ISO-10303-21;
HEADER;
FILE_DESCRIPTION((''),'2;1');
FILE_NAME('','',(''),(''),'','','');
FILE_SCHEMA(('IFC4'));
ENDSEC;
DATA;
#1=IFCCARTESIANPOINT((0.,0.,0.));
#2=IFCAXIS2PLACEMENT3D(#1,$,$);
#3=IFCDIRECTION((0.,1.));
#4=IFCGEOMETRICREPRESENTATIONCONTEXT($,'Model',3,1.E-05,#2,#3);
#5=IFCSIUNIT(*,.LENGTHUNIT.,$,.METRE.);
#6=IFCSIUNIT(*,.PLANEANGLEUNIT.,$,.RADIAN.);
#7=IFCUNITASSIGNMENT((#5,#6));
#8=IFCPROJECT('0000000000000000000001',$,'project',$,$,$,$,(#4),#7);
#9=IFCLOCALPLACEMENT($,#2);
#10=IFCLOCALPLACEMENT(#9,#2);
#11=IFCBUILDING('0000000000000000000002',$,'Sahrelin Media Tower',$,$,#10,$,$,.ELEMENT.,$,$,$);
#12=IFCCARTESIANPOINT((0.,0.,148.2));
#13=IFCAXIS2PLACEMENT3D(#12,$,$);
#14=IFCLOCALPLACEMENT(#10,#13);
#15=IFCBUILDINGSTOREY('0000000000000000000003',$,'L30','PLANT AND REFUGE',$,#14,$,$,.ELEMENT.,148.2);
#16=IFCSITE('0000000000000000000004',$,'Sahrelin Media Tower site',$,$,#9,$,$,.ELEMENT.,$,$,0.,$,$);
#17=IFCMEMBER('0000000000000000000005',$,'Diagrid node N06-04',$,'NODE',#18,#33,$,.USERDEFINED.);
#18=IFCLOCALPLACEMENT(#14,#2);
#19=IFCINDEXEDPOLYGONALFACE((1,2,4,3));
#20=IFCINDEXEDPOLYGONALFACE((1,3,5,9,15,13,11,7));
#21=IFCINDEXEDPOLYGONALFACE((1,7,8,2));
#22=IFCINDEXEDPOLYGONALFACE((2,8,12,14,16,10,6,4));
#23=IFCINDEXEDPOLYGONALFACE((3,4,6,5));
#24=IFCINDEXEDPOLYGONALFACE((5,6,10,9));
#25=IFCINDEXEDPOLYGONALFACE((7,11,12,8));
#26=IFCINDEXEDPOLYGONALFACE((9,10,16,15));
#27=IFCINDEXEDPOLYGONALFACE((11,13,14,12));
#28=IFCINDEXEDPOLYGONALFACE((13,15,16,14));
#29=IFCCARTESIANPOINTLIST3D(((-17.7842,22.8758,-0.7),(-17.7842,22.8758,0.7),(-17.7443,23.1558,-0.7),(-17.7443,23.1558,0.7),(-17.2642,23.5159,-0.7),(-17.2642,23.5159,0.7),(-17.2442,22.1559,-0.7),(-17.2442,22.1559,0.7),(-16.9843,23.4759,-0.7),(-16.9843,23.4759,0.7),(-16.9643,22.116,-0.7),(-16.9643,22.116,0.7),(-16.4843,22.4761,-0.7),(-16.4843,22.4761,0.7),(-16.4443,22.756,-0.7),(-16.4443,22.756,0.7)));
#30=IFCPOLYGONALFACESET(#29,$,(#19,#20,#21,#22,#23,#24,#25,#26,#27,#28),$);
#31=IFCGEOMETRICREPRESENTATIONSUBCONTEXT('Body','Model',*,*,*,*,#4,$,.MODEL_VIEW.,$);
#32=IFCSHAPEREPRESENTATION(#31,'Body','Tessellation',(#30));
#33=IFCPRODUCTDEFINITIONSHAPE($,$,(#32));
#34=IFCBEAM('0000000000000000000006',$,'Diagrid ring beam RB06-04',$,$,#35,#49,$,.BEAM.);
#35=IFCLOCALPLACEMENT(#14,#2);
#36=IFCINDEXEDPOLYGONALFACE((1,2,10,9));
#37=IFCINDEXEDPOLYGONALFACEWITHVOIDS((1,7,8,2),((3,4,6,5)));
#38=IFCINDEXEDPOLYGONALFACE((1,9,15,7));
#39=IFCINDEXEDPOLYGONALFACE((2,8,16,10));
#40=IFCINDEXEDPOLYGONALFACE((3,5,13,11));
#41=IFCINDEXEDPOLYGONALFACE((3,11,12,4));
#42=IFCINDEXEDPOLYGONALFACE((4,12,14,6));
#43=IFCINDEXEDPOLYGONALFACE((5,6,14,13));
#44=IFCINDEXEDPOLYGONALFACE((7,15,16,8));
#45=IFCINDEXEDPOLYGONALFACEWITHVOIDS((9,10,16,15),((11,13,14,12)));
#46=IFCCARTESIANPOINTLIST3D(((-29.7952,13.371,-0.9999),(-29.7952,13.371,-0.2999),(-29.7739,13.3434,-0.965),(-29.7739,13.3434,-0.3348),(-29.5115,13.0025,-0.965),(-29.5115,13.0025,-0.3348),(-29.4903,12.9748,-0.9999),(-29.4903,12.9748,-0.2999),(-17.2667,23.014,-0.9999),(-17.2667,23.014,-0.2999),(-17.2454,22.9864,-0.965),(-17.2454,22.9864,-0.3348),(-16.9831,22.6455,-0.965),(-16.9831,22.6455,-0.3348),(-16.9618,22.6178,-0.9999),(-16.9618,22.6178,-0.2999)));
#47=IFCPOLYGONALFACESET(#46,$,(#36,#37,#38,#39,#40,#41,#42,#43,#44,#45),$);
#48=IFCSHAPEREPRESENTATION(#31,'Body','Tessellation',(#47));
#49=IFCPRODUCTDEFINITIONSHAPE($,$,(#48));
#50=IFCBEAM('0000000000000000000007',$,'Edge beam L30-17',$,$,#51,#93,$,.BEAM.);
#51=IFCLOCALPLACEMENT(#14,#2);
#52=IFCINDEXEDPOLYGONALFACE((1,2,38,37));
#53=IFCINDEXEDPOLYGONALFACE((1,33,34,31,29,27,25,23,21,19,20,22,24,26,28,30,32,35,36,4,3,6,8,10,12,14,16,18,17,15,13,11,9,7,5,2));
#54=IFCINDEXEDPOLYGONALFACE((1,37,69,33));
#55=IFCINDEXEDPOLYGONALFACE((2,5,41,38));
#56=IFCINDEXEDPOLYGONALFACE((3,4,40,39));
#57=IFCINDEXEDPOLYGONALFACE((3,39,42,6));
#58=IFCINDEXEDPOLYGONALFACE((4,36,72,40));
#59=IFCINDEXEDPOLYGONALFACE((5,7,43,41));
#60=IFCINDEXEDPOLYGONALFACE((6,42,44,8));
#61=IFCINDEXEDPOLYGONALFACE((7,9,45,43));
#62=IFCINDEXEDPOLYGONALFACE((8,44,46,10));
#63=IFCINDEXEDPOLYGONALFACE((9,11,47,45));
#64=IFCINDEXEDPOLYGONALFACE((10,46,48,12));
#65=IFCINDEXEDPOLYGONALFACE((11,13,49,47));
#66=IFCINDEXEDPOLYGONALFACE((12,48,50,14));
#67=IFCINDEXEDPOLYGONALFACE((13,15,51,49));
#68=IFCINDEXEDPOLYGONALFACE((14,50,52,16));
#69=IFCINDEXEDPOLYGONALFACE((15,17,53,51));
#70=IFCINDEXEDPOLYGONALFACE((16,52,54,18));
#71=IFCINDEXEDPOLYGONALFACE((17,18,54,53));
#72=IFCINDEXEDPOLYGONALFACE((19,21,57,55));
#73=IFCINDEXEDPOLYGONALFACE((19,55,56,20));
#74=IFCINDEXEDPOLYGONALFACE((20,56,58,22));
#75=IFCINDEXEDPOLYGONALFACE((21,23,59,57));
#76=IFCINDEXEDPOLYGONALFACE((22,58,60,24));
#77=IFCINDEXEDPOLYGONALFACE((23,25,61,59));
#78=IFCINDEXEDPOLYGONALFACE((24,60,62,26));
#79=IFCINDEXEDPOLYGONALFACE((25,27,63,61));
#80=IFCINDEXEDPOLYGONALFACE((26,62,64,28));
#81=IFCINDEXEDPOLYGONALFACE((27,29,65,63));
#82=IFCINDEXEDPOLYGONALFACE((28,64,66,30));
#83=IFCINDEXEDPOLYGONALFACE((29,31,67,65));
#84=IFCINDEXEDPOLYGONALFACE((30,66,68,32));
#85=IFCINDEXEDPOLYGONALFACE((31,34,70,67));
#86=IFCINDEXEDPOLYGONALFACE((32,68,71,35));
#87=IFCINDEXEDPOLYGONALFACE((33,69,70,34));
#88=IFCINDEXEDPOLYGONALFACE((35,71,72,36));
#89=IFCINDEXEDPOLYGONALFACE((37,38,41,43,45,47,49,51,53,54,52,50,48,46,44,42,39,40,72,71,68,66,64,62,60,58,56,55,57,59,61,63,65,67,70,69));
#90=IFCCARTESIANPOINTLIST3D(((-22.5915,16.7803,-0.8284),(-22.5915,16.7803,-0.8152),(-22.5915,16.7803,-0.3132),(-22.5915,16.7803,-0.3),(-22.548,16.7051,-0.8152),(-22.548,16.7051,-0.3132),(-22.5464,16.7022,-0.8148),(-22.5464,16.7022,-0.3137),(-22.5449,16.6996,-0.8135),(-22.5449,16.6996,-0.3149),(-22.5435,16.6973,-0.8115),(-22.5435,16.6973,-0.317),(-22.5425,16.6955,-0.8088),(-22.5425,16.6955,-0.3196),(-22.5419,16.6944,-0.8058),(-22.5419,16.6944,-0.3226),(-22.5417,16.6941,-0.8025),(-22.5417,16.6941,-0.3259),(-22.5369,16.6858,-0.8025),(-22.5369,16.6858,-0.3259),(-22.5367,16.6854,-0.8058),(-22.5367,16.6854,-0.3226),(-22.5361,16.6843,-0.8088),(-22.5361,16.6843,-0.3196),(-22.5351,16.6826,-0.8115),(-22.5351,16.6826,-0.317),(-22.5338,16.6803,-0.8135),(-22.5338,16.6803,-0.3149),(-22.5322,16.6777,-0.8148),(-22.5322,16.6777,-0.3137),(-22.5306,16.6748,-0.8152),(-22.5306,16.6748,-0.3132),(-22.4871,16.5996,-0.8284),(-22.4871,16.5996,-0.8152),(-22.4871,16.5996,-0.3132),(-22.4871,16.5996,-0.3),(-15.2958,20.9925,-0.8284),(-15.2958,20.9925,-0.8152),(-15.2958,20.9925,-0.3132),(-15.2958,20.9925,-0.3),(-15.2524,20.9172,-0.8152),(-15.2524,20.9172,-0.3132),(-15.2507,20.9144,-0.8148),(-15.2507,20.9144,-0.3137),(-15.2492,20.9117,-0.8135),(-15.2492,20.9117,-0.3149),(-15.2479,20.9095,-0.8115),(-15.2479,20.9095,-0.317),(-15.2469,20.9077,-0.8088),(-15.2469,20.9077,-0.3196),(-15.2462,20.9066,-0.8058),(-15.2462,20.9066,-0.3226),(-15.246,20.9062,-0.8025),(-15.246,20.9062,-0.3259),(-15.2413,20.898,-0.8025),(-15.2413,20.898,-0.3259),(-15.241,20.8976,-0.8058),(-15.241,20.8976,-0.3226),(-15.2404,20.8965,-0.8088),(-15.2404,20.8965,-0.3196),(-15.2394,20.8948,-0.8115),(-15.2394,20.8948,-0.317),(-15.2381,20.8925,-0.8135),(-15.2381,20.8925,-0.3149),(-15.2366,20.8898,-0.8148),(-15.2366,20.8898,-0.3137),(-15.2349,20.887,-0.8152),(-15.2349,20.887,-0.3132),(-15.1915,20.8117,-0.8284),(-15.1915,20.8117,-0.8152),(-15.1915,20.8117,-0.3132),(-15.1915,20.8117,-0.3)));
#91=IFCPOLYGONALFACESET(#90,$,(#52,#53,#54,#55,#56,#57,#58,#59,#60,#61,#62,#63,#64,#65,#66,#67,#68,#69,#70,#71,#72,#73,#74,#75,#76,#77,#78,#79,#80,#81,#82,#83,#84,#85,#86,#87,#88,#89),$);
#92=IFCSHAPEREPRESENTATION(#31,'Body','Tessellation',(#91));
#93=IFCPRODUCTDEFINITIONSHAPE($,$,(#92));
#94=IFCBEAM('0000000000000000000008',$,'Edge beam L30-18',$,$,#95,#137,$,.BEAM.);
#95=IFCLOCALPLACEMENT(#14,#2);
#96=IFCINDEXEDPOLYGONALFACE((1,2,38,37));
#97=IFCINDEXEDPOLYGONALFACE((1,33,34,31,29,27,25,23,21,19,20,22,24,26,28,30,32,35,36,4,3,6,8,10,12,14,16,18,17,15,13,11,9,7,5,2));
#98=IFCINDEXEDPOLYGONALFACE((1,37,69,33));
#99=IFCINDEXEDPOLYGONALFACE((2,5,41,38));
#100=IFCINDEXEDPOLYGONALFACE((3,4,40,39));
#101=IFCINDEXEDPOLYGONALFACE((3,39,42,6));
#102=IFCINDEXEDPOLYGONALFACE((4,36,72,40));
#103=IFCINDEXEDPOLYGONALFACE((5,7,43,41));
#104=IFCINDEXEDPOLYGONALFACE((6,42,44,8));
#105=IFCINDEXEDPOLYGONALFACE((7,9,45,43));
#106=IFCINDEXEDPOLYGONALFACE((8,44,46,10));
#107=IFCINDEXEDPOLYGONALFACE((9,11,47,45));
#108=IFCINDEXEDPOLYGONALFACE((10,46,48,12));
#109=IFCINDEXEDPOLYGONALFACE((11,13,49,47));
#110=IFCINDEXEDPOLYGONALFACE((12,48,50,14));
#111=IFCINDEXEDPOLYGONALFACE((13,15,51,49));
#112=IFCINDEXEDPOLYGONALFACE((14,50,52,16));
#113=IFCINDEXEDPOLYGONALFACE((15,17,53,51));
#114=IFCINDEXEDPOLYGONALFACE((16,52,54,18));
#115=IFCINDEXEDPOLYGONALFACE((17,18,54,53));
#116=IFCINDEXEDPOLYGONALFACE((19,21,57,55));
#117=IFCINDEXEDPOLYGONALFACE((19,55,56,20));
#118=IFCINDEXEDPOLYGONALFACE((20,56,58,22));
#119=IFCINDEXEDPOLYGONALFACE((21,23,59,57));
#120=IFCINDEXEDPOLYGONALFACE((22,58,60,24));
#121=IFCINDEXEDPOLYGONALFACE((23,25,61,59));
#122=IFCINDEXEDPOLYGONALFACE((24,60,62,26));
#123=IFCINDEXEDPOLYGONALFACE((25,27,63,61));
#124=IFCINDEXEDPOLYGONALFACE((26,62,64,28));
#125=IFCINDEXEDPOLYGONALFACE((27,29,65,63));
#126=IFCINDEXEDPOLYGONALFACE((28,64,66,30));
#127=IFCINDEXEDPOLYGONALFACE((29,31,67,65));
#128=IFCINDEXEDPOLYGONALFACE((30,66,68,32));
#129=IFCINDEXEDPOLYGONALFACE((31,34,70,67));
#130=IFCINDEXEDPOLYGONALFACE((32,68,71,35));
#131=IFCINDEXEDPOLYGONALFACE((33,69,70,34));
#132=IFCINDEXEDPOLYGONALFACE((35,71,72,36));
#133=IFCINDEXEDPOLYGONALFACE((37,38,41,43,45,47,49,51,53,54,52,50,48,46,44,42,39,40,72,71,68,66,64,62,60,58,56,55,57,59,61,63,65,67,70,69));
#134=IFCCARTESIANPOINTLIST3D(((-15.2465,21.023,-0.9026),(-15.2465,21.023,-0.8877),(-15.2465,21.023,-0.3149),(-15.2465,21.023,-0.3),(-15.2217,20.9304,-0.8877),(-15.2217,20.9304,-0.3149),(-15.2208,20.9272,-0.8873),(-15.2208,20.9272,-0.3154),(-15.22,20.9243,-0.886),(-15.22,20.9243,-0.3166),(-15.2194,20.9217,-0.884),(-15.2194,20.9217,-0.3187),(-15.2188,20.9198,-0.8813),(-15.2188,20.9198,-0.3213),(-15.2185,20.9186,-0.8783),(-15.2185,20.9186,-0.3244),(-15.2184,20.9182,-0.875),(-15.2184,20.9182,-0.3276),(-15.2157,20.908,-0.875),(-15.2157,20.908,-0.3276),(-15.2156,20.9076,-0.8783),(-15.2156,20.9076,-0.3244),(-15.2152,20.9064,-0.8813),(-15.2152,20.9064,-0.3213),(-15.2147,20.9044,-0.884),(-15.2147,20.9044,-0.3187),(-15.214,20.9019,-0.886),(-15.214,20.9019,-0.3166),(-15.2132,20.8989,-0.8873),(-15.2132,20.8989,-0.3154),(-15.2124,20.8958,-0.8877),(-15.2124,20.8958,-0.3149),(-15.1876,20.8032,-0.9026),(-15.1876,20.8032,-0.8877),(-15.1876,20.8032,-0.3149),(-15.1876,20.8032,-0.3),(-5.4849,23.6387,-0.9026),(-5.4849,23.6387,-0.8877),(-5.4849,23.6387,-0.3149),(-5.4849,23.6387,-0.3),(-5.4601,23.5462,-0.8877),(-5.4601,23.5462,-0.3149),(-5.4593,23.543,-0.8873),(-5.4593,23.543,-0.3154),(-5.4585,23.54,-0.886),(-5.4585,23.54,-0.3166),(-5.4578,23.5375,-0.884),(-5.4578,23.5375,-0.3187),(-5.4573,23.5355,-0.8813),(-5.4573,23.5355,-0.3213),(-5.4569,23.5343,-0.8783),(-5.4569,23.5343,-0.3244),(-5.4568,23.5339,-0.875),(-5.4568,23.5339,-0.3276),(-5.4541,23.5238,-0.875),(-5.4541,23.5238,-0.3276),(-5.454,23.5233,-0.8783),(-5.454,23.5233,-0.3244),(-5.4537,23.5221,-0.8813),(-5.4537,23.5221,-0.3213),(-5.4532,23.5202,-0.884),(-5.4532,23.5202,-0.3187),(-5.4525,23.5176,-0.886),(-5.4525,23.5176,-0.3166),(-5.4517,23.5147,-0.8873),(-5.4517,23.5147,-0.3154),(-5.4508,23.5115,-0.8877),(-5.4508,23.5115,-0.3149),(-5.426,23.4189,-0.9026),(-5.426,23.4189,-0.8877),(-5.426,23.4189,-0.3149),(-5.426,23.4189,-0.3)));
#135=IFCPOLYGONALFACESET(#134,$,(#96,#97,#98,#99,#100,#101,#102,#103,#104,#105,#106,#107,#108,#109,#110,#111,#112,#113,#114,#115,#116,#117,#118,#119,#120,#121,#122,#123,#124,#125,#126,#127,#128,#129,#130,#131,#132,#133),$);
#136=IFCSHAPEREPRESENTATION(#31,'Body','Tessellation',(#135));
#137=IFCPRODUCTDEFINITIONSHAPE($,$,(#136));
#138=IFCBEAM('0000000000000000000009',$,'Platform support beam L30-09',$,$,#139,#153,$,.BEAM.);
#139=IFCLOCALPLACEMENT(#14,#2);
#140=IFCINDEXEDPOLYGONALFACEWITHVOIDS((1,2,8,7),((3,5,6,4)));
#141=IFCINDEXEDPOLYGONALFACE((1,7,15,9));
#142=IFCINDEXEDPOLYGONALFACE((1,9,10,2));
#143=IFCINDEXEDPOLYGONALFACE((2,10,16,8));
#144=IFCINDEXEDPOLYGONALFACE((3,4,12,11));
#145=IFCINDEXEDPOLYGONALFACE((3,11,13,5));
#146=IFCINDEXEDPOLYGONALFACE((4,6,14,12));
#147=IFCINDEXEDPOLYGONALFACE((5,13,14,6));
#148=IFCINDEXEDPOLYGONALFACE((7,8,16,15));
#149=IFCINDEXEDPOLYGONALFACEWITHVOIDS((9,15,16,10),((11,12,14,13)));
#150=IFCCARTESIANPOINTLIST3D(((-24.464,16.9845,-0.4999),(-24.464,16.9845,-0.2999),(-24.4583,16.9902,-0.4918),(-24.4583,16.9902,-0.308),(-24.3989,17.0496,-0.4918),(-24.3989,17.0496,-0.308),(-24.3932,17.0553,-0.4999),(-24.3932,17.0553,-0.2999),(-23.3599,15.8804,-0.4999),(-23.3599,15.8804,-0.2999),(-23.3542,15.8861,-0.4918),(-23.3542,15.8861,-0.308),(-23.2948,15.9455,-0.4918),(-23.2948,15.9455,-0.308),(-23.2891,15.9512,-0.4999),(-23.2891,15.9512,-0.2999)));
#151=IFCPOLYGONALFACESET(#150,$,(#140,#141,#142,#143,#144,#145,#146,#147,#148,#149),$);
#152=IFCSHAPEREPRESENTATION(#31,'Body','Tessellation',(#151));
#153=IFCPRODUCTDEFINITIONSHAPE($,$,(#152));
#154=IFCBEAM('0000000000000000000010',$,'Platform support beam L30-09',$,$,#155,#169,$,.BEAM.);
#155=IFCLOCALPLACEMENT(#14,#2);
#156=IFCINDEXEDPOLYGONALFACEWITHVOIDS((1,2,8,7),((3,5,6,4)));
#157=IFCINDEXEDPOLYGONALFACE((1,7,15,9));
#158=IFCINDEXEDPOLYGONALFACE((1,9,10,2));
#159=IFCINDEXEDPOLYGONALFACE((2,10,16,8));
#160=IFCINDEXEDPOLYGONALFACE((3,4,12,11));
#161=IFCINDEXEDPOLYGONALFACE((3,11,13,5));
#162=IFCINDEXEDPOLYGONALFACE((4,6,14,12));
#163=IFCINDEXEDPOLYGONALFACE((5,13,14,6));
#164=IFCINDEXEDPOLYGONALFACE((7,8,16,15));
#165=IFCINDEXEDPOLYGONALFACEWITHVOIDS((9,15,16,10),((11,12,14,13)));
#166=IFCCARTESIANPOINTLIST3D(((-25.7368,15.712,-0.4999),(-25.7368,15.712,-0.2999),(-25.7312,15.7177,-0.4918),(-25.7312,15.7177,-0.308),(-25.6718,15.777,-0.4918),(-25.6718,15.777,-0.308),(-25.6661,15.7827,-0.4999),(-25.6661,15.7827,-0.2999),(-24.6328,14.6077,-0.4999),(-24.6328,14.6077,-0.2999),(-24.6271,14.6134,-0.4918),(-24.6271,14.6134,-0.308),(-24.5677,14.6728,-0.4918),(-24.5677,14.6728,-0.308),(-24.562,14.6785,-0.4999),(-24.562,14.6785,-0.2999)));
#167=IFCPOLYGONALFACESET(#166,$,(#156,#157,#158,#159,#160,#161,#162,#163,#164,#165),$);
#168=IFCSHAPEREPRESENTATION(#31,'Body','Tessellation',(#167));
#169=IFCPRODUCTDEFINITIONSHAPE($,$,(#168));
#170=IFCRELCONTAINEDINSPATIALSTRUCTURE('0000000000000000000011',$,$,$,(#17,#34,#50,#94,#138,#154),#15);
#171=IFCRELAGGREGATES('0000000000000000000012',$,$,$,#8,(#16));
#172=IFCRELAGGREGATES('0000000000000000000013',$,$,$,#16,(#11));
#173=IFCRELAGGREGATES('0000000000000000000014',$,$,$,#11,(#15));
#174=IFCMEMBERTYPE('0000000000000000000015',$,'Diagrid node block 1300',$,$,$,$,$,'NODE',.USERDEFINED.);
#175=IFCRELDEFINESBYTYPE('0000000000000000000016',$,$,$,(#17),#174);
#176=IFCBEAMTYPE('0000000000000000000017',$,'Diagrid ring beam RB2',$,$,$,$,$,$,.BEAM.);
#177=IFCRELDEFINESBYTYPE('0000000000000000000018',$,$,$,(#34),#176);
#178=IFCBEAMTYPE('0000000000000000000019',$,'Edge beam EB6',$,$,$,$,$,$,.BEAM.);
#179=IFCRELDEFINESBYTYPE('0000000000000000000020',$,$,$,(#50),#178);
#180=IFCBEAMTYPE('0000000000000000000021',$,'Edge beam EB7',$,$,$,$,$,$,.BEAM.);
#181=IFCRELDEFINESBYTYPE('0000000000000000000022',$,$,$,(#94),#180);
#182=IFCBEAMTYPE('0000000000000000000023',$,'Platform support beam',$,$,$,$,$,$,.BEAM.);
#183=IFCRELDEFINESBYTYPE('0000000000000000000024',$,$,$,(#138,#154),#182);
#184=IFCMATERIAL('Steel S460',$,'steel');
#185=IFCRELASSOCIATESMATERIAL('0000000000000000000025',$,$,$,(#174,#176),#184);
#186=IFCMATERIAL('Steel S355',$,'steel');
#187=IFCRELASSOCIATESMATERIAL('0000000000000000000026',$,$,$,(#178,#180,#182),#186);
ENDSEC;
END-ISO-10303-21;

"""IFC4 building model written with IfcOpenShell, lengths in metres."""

from ifc_helpers import new_model, si_unit, direction, frame, origin, origin_2d, place, context, subcontext, project, spatial, polyline, hollow_rectangle, i_section, outline, extrude, material, material_profile, profile_set, type_object, element, save


model = new_model("IFC4")

# Units and contexts
model_context = context("Model", 3, precision=1e-05, world=origin(), true_north=direction((0.0, 1.0)))
body_context = subcontext(model_context, "Body", "Model", "MODEL_VIEW")
ifc_project = project(units=[si_unit("LENGTHUNIT", "METRE"), si_unit("PLANEANGLEUNIT", "RADIAN")], contexts=[model_context])

# Site, building, storey
site_placement = place(None, origin())
site = spatial("IfcSite", under=ifc_project, at=site_placement, Name="Sahrelin Media Tower site", CompositionType="ELEMENT", RefElevation=0.0)
building_placement = place(site_placement, origin())
building = spatial("IfcBuilding", under=site, at=building_placement, Name="Sahrelin Media Tower", CompositionType="ELEMENT")
storey_placement = place(building_placement, frame((0.0, 0.0, 148.2)))
storey = spatial("IfcBuildingStorey", under=building, at=storey_placement, Name="L30", Description="PLANT AND REFUGE", CompositionType="ELEMENT", Elevation=148.2)

# Member
ifc_material_1 = material(Name="Steel S460", Category="steel")
ifc_material_profile_1 = material_profile(ifc_material_1, outline(polyline([(0.45, -0.5), (0.6499, -0.3), (0.6499, 0.3), (0.45, 0.5), (-0.45, 0.5), (-0.6499, 0.3), (-0.6499, -0.3), (-0.45, -0.5), (0.45, -0.5)])), Name="Diagrid node block 1300")
ifc_profile_set_1 = profile_set([ifc_material_profile_1], Name="Steel S460")
member_type_1 = type_object("IfcMemberType", Name="Diagrid node block 1300", ElementType="NODE", PredefinedType="USERDEFINED", material=ifc_profile_set_1)
member_1_placement = place(storey_placement, frame((-17.1143, 22.8159, -0.7), z_axis=(0.0, 0.0, 1.0), x_axis=(-0.600052, 0.799961, 0.0)))
element("IfcMember", 1, at=member_1_placement, inside=storey, type_object=member_type_1, Name="Diagrid node N06-04", ObjectType="NODE", PredefinedType="USERDEFINED", context=body_context, shape_type="SweptSolid", body=[
    extrude(outline(polyline([(0.45, -0.5), (0.6499, -0.3), (0.6499, 0.3), (0.45, 0.5), (-0.45, 0.5), (-0.6499, 0.3), (-0.6499, -0.3), (-0.45, -0.5), (0.45, -0.5)])), origin(), (0.0, 0.0, 1.0), 1.3999),
])

# Beams
ifc_material_profile_2 = material_profile(ifc_material_1, hollow_rectangle(XDim=0.5, YDim=0.7, WallThickness=0.0349, at=origin_2d()), Name="Diagrid ring beam RB2")
ifc_profile_set_2 = profile_set([ifc_material_profile_2], Name="Steel S460")
beam_type_1 = type_object("IfcBeamType", Name="Diagrid ring beam RB2", PredefinedType="BEAM", material=ifc_profile_set_2)
beam_1_placement = place(storey_placement, frame((-17.1143, 22.8159, -0.6499), z_axis=(-0.792449, -0.609938, 0.0), x_axis=(0.609938, -0.792449, 0.0)))
element("IfcBeam", 2, at=beam_1_placement, inside=storey, type_object=beam_type_1, Name="Diagrid ring beam RB06-04", PredefinedType="BEAM", context=body_context, shape_type="SweptSolid", body=[
    extrude(hollow_rectangle(XDim=0.5, YDim=0.7, WallThickness=0.0349, at=origin_2d()), origin(), (0.0, 0.0, 1.0), 15.8098),
])
ifc_material_2 = material(Name="Steel S355", Category="steel")
ifc_material_profile_3 = material_profile(ifc_material_2, i_section(OverallWidth=0.2087, OverallDepth=0.5283, WebThickness=0.0095, FlangeThickness=0.0132, FilletRadius=0.0127, at=origin_2d()), Name="UB 533x210x82")
ifc_profile_set_3 = profile_set([ifc_material_profile_3], Name="Steel S355")
beam_type_2 = type_object("IfcBeamType", Name="Edge beam EB6", PredefinedType="BEAM", material=ifc_profile_set_3)
beam_2_placement = place(storey_placement, frame((-22.5393, 16.6899, -0.5642), z_axis=(0.866025, 0.500001, 0.0), x_axis=(-0.500001, 0.866025, 0.0)))
element("IfcBeam", 3, at=beam_2_placement, inside=storey, type_object=beam_type_2, Name="Edge beam L30-17", PredefinedType="BEAM", context=body_context, shape_type="SweptSolid", body=[
    extrude(i_section(OverallWidth=0.2087, OverallDepth=0.5283, WebThickness=0.0095, FlangeThickness=0.0132, FilletRadius=0.0127, at=origin_2d()), origin(), (0.0, 0.0, 1.0), 8.4243),
])
ifc_material_profile_4 = material_profile(ifc_material_2, i_section(OverallWidth=0.2275, OverallDepth=0.6025, WebThickness=0.0105, FlangeThickness=0.0149, FilletRadius=0.0127, at=origin_2d()), Name="UB 610x229x101")
ifc_profile_set_4 = profile_set([ifc_material_profile_4], Name="Steel S355")
beam_type_3 = type_object("IfcBeamType", Name="Edge beam EB7", PredefinedType="BEAM", material=ifc_profile_set_4)
beam_3_placement = place(storey_placement, frame((-15.217, 20.9131, -0.6013), z_axis=(0.965922, 0.258832, 0.0), x_axis=(-0.258832, 0.965922, 0.0)))
element("IfcBeam", 4, at=beam_3_placement, inside=storey, type_object=beam_type_3, Name="Edge beam L30-18", PredefinedType="BEAM", context=body_context, shape_type="SweptSolid", body=[
    extrude(i_section(OverallWidth=0.2275, OverallDepth=0.6025, WebThickness=0.0105, FlangeThickness=0.0149, FilletRadius=0.0127, at=origin_2d()), origin(), (0.0, 0.0, 1.0), 10.106),
])
ifc_material_profile_5 = material_profile(ifc_material_2, hollow_rectangle(XDim=0.1001, YDim=0.2, WallThickness=0.0081, at=origin_2d()), Name="RHS 200x100x8")
ifc_profile_set_5 = profile_set([ifc_material_profile_5], Name="Steel S355")
beam_type_4 = type_object("IfcBeamType", Name="Platform support beam", PredefinedType="BEAM", material=ifc_profile_set_5)
for number, where, z_axis, x_axis, name in (
    (5, (-23.3245, 15.9158, -0.3999), (-0.707107, 0.707107, 0.0), (-0.707107, -0.707107, 0.0), "Platform support beam L30-09"),
    (6, (-24.5974, 14.6431, -0.3999), (-0.707029, 0.707185, 0.0), (-0.707185, -0.707029, 0.0), "Platform support beam L30-09"),
):
    element("IfcBeam", number, at=place(storey_placement, frame(where, z_axis=z_axis, x_axis=x_axis)), inside=storey, type_object=beam_type_4, Name=name, PredefinedType="BEAM", context=body_context, shape_type="SweptSolid", body=[
        extrude(hollow_rectangle(XDim=0.1001, YDim=0.2, WallThickness=0.0081, at=origin_2d()), origin(), (0.0, 0.0, 1.0), 1.5615),
    ])

save(model, "model.ifc")
